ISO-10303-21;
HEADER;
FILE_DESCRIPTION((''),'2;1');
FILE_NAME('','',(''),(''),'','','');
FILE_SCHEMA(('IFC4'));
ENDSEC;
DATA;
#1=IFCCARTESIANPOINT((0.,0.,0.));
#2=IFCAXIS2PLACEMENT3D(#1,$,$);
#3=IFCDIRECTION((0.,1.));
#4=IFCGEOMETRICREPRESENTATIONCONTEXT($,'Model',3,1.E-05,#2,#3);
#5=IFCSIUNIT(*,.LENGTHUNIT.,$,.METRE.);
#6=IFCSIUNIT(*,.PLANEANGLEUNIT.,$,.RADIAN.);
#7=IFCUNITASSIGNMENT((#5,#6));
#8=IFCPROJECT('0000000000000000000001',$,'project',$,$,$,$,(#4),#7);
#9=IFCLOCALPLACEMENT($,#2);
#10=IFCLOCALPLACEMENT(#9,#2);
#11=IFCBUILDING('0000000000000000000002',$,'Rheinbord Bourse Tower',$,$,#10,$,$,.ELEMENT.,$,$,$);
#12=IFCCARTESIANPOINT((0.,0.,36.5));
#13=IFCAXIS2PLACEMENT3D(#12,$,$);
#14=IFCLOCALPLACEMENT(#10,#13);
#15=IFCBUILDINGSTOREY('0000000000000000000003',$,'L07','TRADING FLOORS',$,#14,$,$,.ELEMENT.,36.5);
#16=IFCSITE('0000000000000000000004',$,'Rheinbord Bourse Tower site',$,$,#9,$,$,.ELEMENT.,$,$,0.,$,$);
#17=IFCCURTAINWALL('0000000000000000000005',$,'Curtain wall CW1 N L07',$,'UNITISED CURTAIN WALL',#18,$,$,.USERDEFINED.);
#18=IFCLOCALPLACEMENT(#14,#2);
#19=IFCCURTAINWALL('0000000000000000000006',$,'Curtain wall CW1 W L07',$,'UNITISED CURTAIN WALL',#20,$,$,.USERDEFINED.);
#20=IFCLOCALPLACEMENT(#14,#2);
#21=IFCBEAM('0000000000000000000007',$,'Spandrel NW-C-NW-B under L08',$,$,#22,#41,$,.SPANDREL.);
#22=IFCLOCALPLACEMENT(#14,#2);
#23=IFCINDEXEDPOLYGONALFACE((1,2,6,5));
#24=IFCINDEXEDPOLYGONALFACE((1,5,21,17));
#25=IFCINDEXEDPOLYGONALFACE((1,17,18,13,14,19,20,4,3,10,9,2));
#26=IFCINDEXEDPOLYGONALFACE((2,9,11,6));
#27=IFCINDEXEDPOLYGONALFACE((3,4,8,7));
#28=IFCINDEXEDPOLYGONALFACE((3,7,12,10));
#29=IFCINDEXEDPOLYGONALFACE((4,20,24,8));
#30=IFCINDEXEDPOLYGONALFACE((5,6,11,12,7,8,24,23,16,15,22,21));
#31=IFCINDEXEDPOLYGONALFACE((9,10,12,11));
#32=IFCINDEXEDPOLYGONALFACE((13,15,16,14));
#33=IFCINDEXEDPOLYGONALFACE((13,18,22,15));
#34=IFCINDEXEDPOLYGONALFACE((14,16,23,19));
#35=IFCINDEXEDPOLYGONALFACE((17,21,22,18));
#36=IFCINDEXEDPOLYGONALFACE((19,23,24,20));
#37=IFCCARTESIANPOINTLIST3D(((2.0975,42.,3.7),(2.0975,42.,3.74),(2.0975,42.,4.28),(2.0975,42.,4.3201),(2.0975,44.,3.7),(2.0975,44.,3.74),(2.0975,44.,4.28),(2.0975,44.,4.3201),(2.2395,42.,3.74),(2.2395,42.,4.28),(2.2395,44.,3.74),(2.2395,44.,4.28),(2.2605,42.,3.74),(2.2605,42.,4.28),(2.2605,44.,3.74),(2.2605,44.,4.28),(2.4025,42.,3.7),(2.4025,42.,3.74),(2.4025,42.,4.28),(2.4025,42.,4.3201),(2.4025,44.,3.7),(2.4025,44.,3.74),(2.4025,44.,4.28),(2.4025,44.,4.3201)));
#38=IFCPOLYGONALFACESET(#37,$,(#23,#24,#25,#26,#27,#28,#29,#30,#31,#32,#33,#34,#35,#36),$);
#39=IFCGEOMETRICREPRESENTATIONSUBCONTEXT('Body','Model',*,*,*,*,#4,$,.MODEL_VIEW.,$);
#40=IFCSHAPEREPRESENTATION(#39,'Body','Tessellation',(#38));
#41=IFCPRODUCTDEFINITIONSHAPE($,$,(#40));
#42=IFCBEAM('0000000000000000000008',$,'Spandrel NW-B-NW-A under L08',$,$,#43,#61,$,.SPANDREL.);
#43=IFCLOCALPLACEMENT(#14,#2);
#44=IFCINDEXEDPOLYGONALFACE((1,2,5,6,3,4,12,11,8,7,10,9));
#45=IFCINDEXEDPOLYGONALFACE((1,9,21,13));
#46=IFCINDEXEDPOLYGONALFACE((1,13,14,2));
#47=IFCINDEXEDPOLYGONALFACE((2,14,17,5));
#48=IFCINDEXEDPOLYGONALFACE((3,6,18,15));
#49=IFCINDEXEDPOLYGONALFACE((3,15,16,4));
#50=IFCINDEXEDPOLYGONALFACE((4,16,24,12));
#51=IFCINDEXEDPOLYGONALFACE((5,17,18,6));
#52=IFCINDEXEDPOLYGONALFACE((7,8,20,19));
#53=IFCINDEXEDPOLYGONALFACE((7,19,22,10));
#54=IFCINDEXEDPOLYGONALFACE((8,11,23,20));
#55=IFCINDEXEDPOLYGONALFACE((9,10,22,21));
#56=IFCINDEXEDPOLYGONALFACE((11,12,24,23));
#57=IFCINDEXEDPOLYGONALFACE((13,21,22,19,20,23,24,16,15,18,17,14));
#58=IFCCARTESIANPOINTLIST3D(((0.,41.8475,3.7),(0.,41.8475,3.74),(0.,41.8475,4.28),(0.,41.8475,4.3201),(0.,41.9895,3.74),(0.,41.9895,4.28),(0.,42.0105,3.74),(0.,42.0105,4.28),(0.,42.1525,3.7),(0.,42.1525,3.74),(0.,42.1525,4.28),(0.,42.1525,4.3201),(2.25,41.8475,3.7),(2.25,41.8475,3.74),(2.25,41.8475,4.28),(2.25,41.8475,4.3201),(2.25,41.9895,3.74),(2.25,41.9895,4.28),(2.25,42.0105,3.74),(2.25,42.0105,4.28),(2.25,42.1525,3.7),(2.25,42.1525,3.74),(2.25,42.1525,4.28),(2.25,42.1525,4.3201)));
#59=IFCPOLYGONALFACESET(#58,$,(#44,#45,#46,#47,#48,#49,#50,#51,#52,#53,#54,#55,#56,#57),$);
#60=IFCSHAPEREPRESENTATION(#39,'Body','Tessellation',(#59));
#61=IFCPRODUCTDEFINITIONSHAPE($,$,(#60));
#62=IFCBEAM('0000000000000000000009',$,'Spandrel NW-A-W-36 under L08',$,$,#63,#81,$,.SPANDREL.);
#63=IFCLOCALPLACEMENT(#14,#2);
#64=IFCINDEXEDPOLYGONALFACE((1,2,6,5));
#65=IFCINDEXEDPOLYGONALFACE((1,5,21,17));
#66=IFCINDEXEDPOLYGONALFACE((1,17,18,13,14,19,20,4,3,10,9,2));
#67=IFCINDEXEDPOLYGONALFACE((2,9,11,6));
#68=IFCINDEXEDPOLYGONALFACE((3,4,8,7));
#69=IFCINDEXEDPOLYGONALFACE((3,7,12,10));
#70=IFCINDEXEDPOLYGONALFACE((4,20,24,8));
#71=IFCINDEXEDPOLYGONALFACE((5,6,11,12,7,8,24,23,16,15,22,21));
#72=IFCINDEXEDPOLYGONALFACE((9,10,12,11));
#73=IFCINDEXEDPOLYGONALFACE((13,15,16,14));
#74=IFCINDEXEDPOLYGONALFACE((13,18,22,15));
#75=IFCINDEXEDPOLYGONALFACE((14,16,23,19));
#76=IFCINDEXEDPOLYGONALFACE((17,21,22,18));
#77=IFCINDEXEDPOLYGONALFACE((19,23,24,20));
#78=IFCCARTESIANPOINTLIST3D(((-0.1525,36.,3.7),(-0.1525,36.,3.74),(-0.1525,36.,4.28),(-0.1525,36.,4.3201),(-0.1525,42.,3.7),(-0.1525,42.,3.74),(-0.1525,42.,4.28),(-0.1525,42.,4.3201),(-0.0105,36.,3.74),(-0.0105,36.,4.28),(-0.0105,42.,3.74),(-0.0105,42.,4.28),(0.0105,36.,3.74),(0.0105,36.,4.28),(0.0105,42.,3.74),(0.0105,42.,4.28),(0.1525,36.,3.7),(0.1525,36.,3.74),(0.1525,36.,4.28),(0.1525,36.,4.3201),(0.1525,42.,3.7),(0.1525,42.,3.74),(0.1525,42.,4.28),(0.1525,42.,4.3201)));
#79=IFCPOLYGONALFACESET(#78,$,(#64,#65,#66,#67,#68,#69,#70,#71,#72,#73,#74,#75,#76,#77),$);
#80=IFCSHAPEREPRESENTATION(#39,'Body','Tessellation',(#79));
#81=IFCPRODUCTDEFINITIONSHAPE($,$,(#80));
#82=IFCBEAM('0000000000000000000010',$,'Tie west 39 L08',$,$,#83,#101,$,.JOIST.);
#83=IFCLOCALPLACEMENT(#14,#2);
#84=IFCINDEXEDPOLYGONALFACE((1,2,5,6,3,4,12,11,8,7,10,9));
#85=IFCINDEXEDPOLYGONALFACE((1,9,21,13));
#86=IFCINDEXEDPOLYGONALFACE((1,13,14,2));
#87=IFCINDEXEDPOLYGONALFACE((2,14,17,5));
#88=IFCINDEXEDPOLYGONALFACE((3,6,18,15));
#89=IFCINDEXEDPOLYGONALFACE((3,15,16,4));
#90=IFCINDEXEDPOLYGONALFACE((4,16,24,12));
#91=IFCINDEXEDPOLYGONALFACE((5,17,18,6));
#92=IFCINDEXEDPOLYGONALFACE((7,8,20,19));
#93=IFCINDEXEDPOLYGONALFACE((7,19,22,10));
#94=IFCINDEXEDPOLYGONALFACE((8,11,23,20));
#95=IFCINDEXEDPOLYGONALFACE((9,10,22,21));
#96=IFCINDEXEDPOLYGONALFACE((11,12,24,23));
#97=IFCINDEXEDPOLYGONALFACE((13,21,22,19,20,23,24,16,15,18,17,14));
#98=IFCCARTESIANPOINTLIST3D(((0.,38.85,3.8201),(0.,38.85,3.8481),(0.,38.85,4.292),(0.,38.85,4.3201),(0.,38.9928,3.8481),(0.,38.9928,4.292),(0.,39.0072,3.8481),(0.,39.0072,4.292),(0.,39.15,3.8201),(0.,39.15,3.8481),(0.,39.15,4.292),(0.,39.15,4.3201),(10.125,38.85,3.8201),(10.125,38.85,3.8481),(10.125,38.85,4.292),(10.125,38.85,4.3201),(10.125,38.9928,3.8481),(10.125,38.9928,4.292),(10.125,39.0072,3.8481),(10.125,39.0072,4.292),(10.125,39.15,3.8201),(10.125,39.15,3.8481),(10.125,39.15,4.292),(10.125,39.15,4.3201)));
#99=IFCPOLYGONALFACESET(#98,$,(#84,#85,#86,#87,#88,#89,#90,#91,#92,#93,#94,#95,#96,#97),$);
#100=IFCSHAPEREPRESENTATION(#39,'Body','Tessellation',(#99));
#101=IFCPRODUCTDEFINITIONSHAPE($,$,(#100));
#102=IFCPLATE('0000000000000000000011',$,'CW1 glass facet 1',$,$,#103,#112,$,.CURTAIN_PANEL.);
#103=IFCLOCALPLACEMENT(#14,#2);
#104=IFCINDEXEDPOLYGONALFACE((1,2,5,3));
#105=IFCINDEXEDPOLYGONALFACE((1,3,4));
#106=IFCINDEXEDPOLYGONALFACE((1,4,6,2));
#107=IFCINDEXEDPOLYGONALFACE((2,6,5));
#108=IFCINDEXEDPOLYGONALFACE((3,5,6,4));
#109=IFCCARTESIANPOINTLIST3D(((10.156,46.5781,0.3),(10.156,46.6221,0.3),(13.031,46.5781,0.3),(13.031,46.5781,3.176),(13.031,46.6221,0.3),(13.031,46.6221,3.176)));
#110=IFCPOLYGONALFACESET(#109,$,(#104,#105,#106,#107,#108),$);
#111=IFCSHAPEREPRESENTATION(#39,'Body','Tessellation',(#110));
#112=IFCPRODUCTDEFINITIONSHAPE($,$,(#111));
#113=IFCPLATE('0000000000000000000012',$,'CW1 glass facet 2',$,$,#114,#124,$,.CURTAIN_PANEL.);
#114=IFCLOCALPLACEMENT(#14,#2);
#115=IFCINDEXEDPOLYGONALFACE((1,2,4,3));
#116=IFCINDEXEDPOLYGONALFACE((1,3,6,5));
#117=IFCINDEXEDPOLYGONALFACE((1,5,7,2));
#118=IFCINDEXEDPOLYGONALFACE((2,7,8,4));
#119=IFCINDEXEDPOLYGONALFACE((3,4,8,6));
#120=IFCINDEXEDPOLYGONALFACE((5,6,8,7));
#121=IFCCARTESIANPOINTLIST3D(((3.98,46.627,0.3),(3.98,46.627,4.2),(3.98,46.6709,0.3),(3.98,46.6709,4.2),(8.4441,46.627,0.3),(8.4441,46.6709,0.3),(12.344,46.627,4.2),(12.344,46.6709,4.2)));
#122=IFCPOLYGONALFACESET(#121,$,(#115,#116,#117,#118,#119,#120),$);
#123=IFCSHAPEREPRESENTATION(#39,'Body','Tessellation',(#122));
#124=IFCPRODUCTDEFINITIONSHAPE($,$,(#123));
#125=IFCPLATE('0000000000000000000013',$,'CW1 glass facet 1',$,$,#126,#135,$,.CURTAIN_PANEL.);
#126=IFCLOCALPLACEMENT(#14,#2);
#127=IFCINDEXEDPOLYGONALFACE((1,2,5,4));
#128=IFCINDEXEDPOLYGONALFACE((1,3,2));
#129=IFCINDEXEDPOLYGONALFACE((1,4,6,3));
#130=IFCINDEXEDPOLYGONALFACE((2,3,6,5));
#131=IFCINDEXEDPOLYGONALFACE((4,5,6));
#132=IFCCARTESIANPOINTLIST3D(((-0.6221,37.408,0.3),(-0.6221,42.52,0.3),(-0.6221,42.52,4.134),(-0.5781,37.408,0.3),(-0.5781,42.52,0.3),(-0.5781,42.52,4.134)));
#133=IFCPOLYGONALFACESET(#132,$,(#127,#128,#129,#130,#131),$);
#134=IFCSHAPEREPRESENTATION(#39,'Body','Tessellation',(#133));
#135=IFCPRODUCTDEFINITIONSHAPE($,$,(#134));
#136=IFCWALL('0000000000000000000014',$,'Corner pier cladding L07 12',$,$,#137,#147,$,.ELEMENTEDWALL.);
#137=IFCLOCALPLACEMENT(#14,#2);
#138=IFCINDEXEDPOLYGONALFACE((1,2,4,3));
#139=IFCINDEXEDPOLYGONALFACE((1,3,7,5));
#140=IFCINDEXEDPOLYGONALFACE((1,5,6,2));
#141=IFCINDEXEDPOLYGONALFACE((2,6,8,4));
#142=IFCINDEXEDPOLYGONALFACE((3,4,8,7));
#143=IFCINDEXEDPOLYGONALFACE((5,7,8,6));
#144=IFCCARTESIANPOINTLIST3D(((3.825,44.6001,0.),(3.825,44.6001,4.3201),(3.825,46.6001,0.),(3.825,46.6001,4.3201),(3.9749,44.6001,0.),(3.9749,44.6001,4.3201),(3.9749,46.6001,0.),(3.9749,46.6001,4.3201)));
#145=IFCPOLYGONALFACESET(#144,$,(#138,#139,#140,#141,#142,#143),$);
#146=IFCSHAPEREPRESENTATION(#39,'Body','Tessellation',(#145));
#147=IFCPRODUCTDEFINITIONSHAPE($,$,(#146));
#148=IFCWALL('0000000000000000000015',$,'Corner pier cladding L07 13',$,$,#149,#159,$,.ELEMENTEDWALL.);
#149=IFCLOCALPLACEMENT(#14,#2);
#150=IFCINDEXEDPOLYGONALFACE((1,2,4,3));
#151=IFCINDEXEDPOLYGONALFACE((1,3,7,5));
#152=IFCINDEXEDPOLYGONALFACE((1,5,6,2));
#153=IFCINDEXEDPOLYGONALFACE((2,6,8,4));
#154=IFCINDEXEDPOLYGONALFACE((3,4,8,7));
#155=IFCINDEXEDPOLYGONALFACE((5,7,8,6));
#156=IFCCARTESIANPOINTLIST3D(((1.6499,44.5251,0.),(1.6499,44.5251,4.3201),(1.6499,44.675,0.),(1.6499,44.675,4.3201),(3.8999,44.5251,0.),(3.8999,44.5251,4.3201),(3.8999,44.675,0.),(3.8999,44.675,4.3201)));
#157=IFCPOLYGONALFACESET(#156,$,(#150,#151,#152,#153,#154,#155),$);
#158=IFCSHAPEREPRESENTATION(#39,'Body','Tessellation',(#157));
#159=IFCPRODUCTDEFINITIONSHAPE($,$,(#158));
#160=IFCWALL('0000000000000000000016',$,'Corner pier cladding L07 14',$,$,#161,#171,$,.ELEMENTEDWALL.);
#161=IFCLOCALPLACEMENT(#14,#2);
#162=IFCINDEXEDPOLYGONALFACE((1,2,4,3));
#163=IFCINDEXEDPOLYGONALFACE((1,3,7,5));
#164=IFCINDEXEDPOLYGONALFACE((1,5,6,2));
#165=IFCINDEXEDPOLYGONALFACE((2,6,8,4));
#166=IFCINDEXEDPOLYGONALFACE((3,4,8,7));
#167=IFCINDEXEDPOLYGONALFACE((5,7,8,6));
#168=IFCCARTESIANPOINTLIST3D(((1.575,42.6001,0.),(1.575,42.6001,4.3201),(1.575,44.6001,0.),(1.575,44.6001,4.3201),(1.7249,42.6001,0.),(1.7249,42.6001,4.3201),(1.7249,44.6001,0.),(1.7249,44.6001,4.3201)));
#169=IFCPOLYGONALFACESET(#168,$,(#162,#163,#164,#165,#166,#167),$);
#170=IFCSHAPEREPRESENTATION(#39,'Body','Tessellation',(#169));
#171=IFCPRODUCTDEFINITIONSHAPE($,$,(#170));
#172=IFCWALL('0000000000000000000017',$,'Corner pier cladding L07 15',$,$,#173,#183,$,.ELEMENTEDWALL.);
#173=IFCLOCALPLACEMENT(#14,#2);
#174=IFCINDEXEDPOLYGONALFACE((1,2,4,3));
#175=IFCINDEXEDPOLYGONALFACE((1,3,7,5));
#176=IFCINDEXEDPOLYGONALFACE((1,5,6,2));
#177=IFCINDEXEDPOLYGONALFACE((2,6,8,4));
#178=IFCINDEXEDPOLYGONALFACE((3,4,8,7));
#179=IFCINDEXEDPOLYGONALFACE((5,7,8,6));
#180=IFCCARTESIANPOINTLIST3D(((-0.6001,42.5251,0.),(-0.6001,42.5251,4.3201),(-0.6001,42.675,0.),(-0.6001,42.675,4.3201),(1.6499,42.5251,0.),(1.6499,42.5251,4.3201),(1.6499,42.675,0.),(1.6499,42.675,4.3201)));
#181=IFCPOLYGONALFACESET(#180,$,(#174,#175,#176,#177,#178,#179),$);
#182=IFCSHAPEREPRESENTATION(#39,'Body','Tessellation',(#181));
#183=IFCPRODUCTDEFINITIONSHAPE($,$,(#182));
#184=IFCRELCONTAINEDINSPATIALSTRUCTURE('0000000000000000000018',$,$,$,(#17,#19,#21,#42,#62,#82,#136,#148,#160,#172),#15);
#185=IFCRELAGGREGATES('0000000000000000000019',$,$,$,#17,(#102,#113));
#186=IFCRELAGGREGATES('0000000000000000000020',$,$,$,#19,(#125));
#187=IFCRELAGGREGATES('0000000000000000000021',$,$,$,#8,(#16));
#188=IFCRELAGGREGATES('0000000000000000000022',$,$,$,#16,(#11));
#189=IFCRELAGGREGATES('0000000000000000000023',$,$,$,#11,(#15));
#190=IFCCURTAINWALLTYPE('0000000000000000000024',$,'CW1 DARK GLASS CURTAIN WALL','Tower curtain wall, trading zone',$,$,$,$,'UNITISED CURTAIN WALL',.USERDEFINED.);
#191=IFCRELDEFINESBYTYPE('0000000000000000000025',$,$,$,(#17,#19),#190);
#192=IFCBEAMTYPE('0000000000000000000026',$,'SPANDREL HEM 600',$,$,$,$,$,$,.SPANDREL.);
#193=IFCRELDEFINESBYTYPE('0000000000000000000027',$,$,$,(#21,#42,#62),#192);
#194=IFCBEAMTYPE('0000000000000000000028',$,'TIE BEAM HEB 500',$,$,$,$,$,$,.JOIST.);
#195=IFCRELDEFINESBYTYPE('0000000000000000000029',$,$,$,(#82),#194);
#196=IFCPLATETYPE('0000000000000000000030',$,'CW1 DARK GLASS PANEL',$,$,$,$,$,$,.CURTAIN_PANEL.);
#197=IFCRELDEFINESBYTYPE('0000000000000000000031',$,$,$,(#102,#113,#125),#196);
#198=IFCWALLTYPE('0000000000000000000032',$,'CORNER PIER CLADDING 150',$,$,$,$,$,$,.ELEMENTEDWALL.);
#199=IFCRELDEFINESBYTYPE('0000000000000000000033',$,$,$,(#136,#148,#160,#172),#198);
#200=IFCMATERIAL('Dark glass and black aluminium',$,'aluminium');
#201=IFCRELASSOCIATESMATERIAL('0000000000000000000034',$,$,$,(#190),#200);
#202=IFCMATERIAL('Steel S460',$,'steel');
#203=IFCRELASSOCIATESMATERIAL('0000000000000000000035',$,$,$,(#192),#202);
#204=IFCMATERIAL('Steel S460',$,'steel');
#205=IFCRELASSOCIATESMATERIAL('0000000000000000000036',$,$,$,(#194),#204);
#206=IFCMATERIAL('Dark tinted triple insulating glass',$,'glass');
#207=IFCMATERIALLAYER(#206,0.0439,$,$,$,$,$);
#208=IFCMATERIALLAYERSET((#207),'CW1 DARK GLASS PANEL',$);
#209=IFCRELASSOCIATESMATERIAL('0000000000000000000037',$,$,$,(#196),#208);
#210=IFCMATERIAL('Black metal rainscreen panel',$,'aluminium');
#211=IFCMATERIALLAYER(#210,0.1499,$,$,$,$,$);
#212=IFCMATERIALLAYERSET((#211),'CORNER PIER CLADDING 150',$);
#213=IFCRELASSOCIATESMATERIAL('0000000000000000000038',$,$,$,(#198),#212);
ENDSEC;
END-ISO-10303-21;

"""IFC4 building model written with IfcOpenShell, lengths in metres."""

from ifc_helpers import new_model, si_unit, direction, frame, frame_2d, origin, origin_2d, place, context, subcontext, project, spatial, polyline, rectangle, i_section, outline, extrude, material, layer, layer_set, material_profile, profile_set, type_object, element, aggregate, save


model = new_model("IFC4")

# Units and contexts
model_context = context("Model", 3, precision=1e-05, world=origin(), true_north=direction((0.0, 1.0)))
body_context = subcontext(model_context, "Body", "Model", "MODEL_VIEW")
ifc_project = project(units=[si_unit("LENGTHUNIT", "METRE"), si_unit("PLANEANGLEUNIT", "RADIAN")], contexts=[model_context])

# Site, building, storey
site_placement = place(None, origin())
site = spatial("IfcSite", under=ifc_project, at=site_placement, Name="Rheinbord Bourse Tower site", CompositionType="ELEMENT", RefElevation=0.0)
building_placement = place(site_placement, origin())
building = spatial("IfcBuilding", under=site, at=building_placement, Name="Rheinbord Bourse Tower", CompositionType="ELEMENT")
storey_placement = place(building_placement, frame((0.0, 0.0, 36.5)))
storey = spatial("IfcBuildingStorey", under=building, at=storey_placement, Name="L07", Description="TRADING FLOORS", CompositionType="ELEMENT", Elevation=36.5)

# Curtain wall
ifc_material_1 = material(Name="Dark glass and black aluminium", Category="aluminium")
curtain_wall_type = type_object("IfcCurtainWallType", Name="CW1 DARK GLASS CURTAIN WALL", Description="Tower curtain wall, trading zone", ElementType="UNITISED CURTAIN WALL", PredefinedType="USERDEFINED", material=ifc_material_1)
curtain_wall_1_placement = place(storey_placement, origin())
curtain_wall_1 = element("IfcCurtainWall", 1, at=curtain_wall_1_placement, inside=storey, type_object=curtain_wall_type, Name="Curtain wall CW1 N L07", ObjectType="UNITISED CURTAIN WALL", PredefinedType="USERDEFINED")

# Curtain wall
curtain_wall_2_placement = place(storey_placement, origin())
curtain_wall_2 = element("IfcCurtainWall", 2, at=curtain_wall_2_placement, inside=storey, type_object=curtain_wall_type, Name="Curtain wall CW1 W L07", ObjectType="UNITISED CURTAIN WALL", PredefinedType="USERDEFINED")

# Beams
ifc_material_2 = material(Name="Steel S460", Category="steel")
ifc_material_profile_1 = material_profile(ifc_material_2, i_section(OverallWidth=0.3049, OverallDepth=0.6201, WebThickness=0.021, FlangeThickness=0.04, at=origin_2d()), Name="HEM 600")
ifc_profile_set_1 = profile_set([ifc_material_profile_1], Name="Steel S460")
beam_type_1 = type_object("IfcBeamType", Name="SPANDREL HEM 600", PredefinedType="SPANDREL", material=ifc_profile_set_1)
beam_1_placement = place(storey_placement, frame((2.25, 44.0, 4.01), z_axis=(0.0, -1.0, 0.0), x_axis=(1.0, 0.0, 0.0)))
element("IfcBeam", 3, at=beam_1_placement, inside=storey, type_object=beam_type_1, Name="Spandrel NW-C-NW-B under L08", PredefinedType="SPANDREL", context=body_context, shape_type="SweptSolid", body=[
    extrude(i_section(OverallWidth=0.3049, OverallDepth=0.6201, WebThickness=0.021, FlangeThickness=0.04, at=origin_2d()), origin(), (0.0, 0.0, 1.0), 2.0),
])
beam_2_placement = place(storey_placement, frame((2.25, 42.0, 4.01), z_axis=(-1.0, 0.0, 0.0), x_axis=(0.0, -1.0, 0.0)))
element("IfcBeam", 4, at=beam_2_placement, inside=storey, type_object=beam_type_1, Name="Spandrel NW-B-NW-A under L08", PredefinedType="SPANDREL", context=body_context, shape_type="SweptSolid", body=[
    extrude(i_section(OverallWidth=0.3049, OverallDepth=0.6201, WebThickness=0.021, FlangeThickness=0.04, at=origin_2d()), origin(), (0.0, 0.0, 1.0), 2.25),
])
beam_3_placement = place(storey_placement, frame((0.0, 42.0, 4.01), z_axis=(0.0, -1.0, 0.0), x_axis=(1.0, 0.0, 0.0)))
element("IfcBeam", 5, at=beam_3_placement, inside=storey, type_object=beam_type_1, Name="Spandrel NW-A-W-36 under L08", PredefinedType="SPANDREL", context=body_context, shape_type="SweptSolid", body=[
    extrude(i_section(OverallWidth=0.3049, OverallDepth=0.6201, WebThickness=0.021, FlangeThickness=0.04, at=origin_2d()), origin(), (0.0, 0.0, 1.0), 6.0),
])
ifc_material_3 = material(Name="Steel S460", Category="steel")
ifc_material_profile_2 = material_profile(ifc_material_3, i_section(OverallWidth=0.3, OverallDepth=0.5, WebThickness=0.0144, FlangeThickness=0.0281, at=origin_2d()), Name="HEB 500")
ifc_profile_set_2 = profile_set([ifc_material_profile_2], Name="Steel S460")
beam_type_2 = type_object("IfcBeamType", Name="TIE BEAM HEB 500", PredefinedType="JOIST", material=ifc_profile_set_2)
beam_4_placement = place(storey_placement, frame((0.0, 39.0, 4.0701), z_axis=(1.0, 0.0, 0.0), x_axis=(0.0, 1.0, 0.0)))
element("IfcBeam", 6, at=beam_4_placement, inside=storey, type_object=beam_type_2, Name="Tie west 39 L08", PredefinedType="JOIST", context=body_context, shape_type="SweptSolid", body=[
    extrude(i_section(OverallWidth=0.3, OverallDepth=0.5, WebThickness=0.0144, FlangeThickness=0.0281, at=origin_2d()), origin(), (0.0, 0.0, 1.0), 10.125),
])

# Plates
ifc_material_4 = material(Name="Dark tinted triple insulating glass", Category="glass")
ifc_layer_1 = layer(ifc_material_4, 0.0439)
ifc_layer_set_1 = layer_set([ifc_layer_1], Name="CW1 DARK GLASS PANEL")
plate_type = type_object("IfcPlateType", Name="CW1 DARK GLASS PANEL", PredefinedType="CURTAIN_PANEL", material=ifc_layer_set_1)
plate_1_placement = place(storey_placement, frame((13.031, 46.6221, 0.3), z_axis=(0.0, -1.0, 0.0), x_axis=(0.0, 0.0, 1.0)))
plate_1 = element("IfcPlate", 7, at=plate_1_placement, type_object=plate_type, Name="CW1 glass facet 1", PredefinedType="CURTAIN_PANEL", context=body_context, shape_type="SweptSolid", body=[
    extrude(outline(polyline([(0.0, 0.0), (2.876, 0.0), (0.0, 2.875), (0.0, 0.0)])), origin(), (0.0, 0.0, 1.0), 0.0439),
])
plate_2_placement = place(storey_placement, frame((3.98, 46.6709, 4.2), z_axis=(0.0, -1.0, 0.0), x_axis=(0.0, 0.0, -1.0)))
plate_2 = element("IfcPlate", 8, at=plate_2_placement, type_object=plate_type, Name="CW1 glass facet 2", PredefinedType="CURTAIN_PANEL", context=body_context, shape_type="SweptSolid", body=[
    extrude(outline(polyline([(0.0, 0.0), (3.8999, 0.0), (3.8999, 4.4641), (0.0, 8.364), (0.0, 0.0)])), origin(), (0.0, 0.0, 1.0), 0.0439),
])
aggregate(curtain_wall_1, [plate_1, plate_2])
plate_3_placement = place(storey_placement, frame((-0.6221, 42.52, 0.3), z_axis=(1.0, 0.0, 0.0), x_axis=(0.0, 0.0, 1.0)))
plate_3 = element("IfcPlate", 9, at=plate_3_placement, type_object=plate_type, Name="CW1 glass facet 1", PredefinedType="CURTAIN_PANEL", context=body_context, shape_type="SweptSolid", body=[
    extrude(outline(polyline([(0.0, 0.0), (3.834, 0.0), (0.0, 5.1121), (0.0, 0.0)])), origin(), (0.0, 0.0, 1.0), 0.0439),
])
aggregate(curtain_wall_2, [plate_3])

# Walls
ifc_material_5 = material(Name="Black metal rainscreen panel", Category="aluminium")
ifc_layer_2 = layer(ifc_material_5, 0.1499)
ifc_layer_set_2 = layer_set([ifc_layer_2], Name="CORNER PIER CLADDING 150")
wall_type_1 = type_object("IfcWallType", Name="CORNER PIER CLADDING 150", PredefinedType="ELEMENTEDWALL", material=ifc_layer_set_2)
wall_1_placement = place(storey_placement, frame((3.8999, 46.6001, 0.0), z_axis=(0.0, 0.0, 1.0), x_axis=(0.0, -1.0, 0.0)))
element("IfcWall", 10, at=wall_1_placement, inside=storey, type_object=wall_type_1, Name="Corner pier cladding L07 12", PredefinedType="ELEMENTEDWALL", context=body_context, shape_type="SweptSolid", body=[
    extrude(rectangle(XDim=2.0, YDim=0.1499, at=frame_2d((1.0, 0.0))), origin(), (0.0, 0.0, 1.0), 4.3201),
])
wall_2_placement = place(storey_placement, frame((3.8999, 44.6001, 0.0), z_axis=(0.0, 0.0, 1.0), x_axis=(-1.0, 0.0, 0.0)))
element("IfcWall", 11, at=wall_2_placement, inside=storey, type_object=wall_type_1, Name="Corner pier cladding L07 13", PredefinedType="ELEMENTEDWALL", context=body_context, shape_type="SweptSolid", body=[
    extrude(rectangle(XDim=2.25, YDim=0.1499, at=frame_2d((1.125, 0.0))), origin(), (0.0, 0.0, 1.0), 4.3201),
])
wall_3_placement = place(storey_placement, frame((1.6499, 44.6001, 0.0), z_axis=(0.0, 0.0, 1.0), x_axis=(0.0, -1.0, 0.0)))
element("IfcWall", 12, at=wall_3_placement, inside=storey, type_object=wall_type_1, Name="Corner pier cladding L07 14", PredefinedType="ELEMENTEDWALL", context=body_context, shape_type="SweptSolid", body=[
    extrude(rectangle(XDim=2.0, YDim=0.1499, at=frame_2d((1.0, 0.0))), origin(), (0.0, 0.0, 1.0), 4.3201),
])
wall_4_placement = place(storey_placement, frame((1.6499, 42.6001, 0.0), z_axis=(0.0, 0.0, 1.0), x_axis=(-1.0, 0.0, 0.0)))
element("IfcWall", 13, at=wall_4_placement, inside=storey, type_object=wall_type_1, Name="Corner pier cladding L07 15", PredefinedType="ELEMENTEDWALL", context=body_context, shape_type="SweptSolid", body=[
    extrude(rectangle(XDim=2.25, YDim=0.1499, at=frame_2d((1.125, 0.0))), origin(), (0.0, 0.0, 1.0), 4.3201),
])

save(model, "model.ifc")
